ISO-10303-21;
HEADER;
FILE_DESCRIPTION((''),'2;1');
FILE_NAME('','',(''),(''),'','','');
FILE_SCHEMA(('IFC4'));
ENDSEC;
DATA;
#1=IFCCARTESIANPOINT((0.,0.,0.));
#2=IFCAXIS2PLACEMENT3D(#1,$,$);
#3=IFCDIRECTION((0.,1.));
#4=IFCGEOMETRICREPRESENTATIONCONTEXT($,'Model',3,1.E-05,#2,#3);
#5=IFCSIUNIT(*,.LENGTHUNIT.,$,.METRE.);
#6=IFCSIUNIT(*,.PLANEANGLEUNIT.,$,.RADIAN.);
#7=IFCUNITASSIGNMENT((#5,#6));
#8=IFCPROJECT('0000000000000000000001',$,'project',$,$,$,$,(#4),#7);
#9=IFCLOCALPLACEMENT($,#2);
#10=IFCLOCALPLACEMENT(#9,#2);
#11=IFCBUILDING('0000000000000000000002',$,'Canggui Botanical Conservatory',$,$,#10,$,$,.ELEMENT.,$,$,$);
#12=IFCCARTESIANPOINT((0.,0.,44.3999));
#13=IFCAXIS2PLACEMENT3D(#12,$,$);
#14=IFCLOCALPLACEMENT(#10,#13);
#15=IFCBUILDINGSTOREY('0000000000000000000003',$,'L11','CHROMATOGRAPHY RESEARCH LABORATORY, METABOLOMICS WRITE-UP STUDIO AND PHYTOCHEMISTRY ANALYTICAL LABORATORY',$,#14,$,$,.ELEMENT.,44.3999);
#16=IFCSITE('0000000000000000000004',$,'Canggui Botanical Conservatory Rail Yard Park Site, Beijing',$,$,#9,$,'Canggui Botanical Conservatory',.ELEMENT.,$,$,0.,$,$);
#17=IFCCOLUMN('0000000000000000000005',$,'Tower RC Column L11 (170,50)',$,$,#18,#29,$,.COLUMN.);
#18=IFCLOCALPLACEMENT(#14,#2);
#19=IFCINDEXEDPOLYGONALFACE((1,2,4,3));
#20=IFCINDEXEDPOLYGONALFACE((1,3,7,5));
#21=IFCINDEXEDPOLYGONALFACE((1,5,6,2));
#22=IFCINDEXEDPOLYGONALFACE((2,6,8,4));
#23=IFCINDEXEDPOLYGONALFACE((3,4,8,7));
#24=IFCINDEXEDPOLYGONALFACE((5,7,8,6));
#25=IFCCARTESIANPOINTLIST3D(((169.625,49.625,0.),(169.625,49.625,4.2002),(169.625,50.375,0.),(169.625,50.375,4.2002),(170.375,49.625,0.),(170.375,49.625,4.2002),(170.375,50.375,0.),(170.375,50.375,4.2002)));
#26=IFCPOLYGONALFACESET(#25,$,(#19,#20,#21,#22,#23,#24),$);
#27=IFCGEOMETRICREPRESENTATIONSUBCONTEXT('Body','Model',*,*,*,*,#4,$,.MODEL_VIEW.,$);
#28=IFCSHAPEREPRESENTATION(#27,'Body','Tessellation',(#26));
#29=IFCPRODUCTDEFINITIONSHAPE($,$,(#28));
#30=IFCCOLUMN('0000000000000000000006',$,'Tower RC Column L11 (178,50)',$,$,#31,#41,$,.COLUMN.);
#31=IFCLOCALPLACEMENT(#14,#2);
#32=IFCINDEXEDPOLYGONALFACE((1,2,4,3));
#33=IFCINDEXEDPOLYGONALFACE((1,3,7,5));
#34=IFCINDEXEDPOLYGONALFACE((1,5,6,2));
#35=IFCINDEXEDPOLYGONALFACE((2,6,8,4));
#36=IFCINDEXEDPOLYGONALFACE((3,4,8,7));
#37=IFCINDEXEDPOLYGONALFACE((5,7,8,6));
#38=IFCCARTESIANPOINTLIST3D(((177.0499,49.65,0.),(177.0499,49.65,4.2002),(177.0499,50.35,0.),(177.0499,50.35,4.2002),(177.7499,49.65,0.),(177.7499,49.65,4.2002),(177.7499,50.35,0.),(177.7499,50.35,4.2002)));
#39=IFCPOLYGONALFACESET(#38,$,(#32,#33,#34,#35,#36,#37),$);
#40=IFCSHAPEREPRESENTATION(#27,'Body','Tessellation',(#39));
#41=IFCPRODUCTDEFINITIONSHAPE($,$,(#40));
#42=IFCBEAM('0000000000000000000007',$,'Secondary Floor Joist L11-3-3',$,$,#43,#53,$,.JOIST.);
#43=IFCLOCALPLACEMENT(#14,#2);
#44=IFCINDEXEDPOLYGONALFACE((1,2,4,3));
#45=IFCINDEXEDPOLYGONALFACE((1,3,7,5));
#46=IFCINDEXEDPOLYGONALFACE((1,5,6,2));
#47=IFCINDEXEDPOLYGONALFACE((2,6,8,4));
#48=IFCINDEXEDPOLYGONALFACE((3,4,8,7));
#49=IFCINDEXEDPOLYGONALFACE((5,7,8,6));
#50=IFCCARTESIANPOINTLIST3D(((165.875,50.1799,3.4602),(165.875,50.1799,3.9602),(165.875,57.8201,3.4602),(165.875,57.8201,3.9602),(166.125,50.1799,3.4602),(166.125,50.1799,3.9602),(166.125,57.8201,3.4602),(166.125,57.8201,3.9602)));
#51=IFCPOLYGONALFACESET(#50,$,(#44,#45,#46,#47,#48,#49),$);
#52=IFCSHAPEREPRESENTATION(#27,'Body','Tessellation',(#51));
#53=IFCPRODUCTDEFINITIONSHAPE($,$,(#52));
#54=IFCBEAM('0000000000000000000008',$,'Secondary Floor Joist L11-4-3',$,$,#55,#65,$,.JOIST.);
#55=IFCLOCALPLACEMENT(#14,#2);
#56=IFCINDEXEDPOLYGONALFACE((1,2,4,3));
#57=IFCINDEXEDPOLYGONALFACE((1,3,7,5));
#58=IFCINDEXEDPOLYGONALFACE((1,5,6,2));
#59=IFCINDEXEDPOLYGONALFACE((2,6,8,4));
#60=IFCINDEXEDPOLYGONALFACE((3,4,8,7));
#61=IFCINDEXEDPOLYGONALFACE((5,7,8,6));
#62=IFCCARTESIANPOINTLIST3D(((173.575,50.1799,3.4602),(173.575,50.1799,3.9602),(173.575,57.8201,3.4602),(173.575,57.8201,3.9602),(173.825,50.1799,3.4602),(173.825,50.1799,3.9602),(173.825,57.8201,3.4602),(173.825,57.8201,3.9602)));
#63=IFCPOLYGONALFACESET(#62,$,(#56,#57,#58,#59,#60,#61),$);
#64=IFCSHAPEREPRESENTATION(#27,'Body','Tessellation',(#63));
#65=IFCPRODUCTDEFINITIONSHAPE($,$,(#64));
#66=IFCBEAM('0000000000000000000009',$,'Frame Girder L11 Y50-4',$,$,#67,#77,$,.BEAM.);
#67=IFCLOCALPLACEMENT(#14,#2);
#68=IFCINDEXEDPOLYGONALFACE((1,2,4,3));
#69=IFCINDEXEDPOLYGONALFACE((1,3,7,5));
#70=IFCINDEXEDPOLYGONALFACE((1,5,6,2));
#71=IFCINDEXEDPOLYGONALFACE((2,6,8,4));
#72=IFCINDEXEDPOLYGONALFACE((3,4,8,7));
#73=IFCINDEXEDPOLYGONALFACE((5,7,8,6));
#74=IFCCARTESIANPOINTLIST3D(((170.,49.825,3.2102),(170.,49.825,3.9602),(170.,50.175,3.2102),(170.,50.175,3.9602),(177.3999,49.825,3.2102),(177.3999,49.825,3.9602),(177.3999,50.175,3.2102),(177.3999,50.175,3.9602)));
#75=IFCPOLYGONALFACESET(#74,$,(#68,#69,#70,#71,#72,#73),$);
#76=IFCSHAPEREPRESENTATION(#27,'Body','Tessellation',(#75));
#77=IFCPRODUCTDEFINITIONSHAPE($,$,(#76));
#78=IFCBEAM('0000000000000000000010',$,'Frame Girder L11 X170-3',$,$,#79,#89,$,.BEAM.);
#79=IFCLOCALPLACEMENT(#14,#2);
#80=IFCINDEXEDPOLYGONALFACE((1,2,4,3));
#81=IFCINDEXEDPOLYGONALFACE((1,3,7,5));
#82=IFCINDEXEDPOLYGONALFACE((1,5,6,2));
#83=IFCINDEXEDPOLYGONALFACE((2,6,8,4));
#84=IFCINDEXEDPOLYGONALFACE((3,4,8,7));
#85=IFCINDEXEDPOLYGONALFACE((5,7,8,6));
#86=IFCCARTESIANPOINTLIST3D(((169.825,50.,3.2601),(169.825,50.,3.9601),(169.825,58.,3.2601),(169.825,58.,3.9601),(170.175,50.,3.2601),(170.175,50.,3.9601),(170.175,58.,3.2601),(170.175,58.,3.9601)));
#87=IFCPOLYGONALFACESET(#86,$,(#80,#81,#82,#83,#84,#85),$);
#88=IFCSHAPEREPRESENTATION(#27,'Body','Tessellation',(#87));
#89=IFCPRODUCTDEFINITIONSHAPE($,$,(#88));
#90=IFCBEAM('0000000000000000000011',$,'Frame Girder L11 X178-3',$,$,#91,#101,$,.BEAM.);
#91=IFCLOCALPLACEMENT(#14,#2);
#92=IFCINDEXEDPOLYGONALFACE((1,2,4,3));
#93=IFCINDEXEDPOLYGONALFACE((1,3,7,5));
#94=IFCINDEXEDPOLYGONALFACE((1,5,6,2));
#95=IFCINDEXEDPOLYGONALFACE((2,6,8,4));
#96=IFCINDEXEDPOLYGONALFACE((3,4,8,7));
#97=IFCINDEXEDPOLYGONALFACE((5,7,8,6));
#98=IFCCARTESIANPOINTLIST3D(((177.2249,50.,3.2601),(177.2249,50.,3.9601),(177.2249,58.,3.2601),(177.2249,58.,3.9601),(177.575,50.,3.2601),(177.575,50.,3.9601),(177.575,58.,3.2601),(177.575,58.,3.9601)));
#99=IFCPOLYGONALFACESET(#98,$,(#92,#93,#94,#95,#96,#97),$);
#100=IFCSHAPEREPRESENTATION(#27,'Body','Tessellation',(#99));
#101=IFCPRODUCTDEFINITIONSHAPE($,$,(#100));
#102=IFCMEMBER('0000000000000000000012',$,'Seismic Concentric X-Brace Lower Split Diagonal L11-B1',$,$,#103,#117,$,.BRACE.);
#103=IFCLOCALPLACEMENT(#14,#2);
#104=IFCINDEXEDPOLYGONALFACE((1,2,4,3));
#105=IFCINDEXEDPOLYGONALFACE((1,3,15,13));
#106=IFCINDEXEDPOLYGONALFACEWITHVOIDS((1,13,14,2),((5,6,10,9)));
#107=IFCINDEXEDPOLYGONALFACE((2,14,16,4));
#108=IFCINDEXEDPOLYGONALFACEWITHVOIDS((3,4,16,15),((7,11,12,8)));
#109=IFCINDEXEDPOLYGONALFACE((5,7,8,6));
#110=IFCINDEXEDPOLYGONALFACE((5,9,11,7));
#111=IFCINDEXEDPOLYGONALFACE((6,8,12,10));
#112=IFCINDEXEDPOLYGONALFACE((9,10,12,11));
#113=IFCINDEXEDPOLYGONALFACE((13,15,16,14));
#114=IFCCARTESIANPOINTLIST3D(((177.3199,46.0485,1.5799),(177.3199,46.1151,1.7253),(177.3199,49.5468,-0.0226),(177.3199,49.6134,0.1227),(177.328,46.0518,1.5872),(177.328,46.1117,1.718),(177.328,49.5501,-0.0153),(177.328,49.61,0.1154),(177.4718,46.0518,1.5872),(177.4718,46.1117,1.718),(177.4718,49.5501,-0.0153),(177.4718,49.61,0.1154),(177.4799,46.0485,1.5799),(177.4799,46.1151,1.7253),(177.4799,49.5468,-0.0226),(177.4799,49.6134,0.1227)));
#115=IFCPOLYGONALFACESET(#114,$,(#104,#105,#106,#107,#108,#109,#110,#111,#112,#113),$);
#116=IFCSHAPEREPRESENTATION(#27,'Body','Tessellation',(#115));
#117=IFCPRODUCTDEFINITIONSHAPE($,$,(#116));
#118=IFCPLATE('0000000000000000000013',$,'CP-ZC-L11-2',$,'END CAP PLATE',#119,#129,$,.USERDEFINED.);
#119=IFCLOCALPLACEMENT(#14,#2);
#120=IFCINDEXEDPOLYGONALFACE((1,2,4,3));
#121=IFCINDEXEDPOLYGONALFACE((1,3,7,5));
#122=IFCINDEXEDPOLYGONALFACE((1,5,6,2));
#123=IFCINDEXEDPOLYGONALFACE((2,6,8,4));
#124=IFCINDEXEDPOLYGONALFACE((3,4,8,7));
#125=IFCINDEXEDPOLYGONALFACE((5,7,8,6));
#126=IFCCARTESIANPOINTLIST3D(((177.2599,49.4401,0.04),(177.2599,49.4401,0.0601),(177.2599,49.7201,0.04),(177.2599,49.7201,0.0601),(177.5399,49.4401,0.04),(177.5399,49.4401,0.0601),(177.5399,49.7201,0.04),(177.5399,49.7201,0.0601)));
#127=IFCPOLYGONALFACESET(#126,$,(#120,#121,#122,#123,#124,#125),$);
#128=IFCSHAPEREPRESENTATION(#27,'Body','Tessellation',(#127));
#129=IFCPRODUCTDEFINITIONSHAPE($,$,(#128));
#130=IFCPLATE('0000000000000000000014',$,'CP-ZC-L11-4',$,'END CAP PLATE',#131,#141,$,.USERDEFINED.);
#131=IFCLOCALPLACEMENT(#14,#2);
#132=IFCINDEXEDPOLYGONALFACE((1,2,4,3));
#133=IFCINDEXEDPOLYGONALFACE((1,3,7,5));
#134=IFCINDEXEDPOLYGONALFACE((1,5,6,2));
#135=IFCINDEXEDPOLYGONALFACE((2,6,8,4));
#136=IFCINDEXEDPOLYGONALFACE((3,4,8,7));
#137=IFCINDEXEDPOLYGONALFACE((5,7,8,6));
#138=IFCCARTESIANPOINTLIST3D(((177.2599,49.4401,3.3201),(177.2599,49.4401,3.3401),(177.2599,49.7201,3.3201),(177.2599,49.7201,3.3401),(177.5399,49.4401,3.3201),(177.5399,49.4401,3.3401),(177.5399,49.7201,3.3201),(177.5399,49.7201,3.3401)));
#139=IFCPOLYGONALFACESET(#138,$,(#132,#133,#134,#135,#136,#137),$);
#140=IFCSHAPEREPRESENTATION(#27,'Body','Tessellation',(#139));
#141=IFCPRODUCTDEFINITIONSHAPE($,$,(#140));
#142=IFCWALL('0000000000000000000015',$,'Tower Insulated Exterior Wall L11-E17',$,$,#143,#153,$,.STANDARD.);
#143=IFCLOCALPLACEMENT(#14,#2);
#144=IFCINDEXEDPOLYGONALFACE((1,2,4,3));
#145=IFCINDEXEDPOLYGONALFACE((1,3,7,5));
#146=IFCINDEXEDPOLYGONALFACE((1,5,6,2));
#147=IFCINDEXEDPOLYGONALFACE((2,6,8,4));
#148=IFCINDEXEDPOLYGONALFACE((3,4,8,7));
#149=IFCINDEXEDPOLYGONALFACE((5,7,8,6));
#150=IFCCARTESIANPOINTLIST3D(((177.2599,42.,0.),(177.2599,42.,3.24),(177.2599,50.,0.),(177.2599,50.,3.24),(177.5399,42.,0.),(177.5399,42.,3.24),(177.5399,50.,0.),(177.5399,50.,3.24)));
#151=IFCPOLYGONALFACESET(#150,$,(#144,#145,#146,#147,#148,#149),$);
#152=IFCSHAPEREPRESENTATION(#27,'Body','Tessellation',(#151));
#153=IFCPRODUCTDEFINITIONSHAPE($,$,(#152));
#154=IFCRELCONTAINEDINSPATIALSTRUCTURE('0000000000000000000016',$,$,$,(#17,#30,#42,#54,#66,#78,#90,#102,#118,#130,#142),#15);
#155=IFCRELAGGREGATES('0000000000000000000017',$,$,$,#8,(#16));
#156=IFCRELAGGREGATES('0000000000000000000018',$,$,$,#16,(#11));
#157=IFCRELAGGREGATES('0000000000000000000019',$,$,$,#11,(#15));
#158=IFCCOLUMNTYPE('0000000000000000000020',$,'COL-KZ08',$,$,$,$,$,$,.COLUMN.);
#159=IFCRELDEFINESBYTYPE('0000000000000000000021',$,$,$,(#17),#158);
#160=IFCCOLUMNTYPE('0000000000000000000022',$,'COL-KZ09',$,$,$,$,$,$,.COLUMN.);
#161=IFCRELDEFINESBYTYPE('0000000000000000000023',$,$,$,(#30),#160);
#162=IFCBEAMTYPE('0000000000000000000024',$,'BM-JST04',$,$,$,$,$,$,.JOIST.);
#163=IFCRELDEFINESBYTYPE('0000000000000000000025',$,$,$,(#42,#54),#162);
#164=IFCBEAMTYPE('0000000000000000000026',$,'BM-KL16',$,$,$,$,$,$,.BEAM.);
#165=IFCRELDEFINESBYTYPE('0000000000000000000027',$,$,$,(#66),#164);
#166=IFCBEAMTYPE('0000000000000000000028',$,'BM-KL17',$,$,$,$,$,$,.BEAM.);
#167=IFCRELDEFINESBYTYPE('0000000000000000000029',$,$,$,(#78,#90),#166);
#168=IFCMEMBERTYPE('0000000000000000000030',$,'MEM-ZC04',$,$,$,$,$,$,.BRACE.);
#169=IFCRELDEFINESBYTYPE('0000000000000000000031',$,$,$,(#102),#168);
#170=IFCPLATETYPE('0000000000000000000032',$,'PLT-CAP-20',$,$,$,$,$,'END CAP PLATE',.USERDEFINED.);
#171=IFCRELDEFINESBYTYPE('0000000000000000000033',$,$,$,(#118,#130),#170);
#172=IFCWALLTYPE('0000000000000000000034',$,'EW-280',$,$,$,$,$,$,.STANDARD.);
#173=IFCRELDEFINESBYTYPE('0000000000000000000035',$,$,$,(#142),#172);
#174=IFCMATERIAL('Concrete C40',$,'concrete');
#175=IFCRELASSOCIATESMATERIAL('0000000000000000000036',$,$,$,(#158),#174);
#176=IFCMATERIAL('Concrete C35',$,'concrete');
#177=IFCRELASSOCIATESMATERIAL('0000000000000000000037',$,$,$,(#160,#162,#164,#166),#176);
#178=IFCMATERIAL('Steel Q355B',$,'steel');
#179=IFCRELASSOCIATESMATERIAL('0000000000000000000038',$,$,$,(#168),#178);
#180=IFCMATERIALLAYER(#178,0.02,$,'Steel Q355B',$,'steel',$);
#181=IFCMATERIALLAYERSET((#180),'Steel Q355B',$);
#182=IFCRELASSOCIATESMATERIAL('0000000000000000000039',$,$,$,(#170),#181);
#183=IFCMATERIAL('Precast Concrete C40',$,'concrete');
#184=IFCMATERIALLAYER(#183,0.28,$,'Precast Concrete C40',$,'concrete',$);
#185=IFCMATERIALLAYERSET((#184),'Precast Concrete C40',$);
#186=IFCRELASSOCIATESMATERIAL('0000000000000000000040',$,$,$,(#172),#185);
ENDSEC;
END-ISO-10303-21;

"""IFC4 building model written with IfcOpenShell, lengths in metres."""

from ifc_helpers import new_model, si_unit, direction, frame, frame_2d, origin, origin_2d, place, context, subcontext, project, spatial, rectangle, hollow_rectangle, extrude, material, layer, layer_set, material_profile, profile_set, type_object, element, save


model = new_model("IFC4")

# Units and contexts
model_context = context("Model", 3, precision=1e-05, world=origin(), true_north=direction((0.0, 1.0)))
body_context = subcontext(model_context, "Body", "Model", "MODEL_VIEW")
ifc_project = project(units=[si_unit("LENGTHUNIT", "METRE"), si_unit("PLANEANGLEUNIT", "RADIAN")], contexts=[model_context])

# Site, building, storey
site_placement = place(None, origin())
site = spatial("IfcSite", under=ifc_project, at=site_placement, Name="Canggui Botanical Conservatory Rail Yard Park Site, Beijing", LongName="Canggui Botanical Conservatory", CompositionType="ELEMENT", RefElevation=0.0)
building_placement = place(site_placement, origin())
building = spatial("IfcBuilding", under=site, at=building_placement, Name="Canggui Botanical Conservatory", CompositionType="ELEMENT")
storey_placement = place(building_placement, frame((0.0, 0.0, 44.3999)))
storey = spatial("IfcBuildingStorey", under=building, at=storey_placement, Name="L11", Description="CHROMATOGRAPHY RESEARCH LABORATORY, METABOLOMICS WRITE-UP STUDIO AND PHYTOCHEMISTRY ANALYTICAL LABORATORY", CompositionType="ELEMENT", Elevation=44.3999)

# Columns
ifc_material_1 = material(Name="Concrete C40", Category="concrete")
ifc_material_profile_1 = material_profile(ifc_material_1, rectangle(XDim=0.75, YDim=0.75, at=origin_2d()), Name="RC 750x750")
ifc_profile_set_1 = profile_set([ifc_material_profile_1], Name="Concrete C40")
column_type_1 = type_object("IfcColumnType", Name="COL-KZ08", PredefinedType="COLUMN", material=ifc_profile_set_1)
column_1_placement = place(storey_placement, frame((170.0, 50.0, 0.0), z_axis=(0.0, 0.0, 1.0), x_axis=(1.0, 0.0, 0.0)))
element("IfcColumn", 1, at=column_1_placement, inside=storey, type_object=column_type_1, Name="Tower RC Column L11 (170,50)", PredefinedType="COLUMN", context=body_context, shape_type="SweptSolid", body=[
    extrude(rectangle(XDim=0.75, YDim=0.75, at=origin_2d()), origin(), (0.0, 0.0, 1.0), 4.2002),
])
ifc_material_2 = material(Name="Concrete C35", Category="concrete")
ifc_material_profile_2 = material_profile(ifc_material_2, rectangle(XDim=0.7, YDim=0.7, at=origin_2d()), Name="RC 700x700")
ifc_profile_set_2 = profile_set([ifc_material_profile_2], Name="Concrete C35")
column_type_2 = type_object("IfcColumnType", Name="COL-KZ09", PredefinedType="COLUMN", material=ifc_profile_set_2)
column_2_placement = place(storey_placement, frame((177.3999, 50.0, 0.0), z_axis=(0.0, 0.0, 1.0), x_axis=(1.0, 0.0, 0.0)))
element("IfcColumn", 2, at=column_2_placement, inside=storey, type_object=column_type_2, Name="Tower RC Column L11 (178,50)", PredefinedType="COLUMN", context=body_context, shape_type="SweptSolid", body=[
    extrude(rectangle(XDim=0.7, YDim=0.7, at=origin_2d()), origin(), (0.0, 0.0, 1.0), 4.2002),
])

# Beams
ifc_material_profile_3 = material_profile(ifc_material_2, rectangle(XDim=0.25, YDim=0.5, at=origin_2d()), Name="RB 250x500")
ifc_profile_set_3 = profile_set([ifc_material_profile_3], Name="Concrete C35")
beam_type_1 = type_object("IfcBeamType", Name="BM-JST04", PredefinedType="JOIST", material=ifc_profile_set_3)
for number, where, z_axis, x_axis, name in (
    (3, (166.0, 50.1799, 3.7102), (0.0, 1.0, 0.0), (-1.0, 0.0, 0.0), "Secondary Floor Joist L11-3-3"),
    (4, (173.7, 50.1799, 3.7102), (0.0, 1.0, 0.0), (-1.0, 0.0, 0.0), "Secondary Floor Joist L11-4-3"),
):
    element("IfcBeam", number, at=place(storey_placement, frame(where, z_axis=z_axis, x_axis=x_axis)), inside=storey, type_object=beam_type_1, Name=name, PredefinedType="JOIST", context=body_context, shape_type="SweptSolid", body=[
        extrude(rectangle(XDim=0.25, YDim=0.5, at=origin_2d()), origin(), (0.0, 0.0, 1.0), 7.6401),
    ])
ifc_material_profile_4 = material_profile(ifc_material_2, rectangle(XDim=0.3501, YDim=0.75, at=origin_2d()), Name="RB 350x750")
ifc_profile_set_4 = profile_set([ifc_material_profile_4], Name="Concrete C35")
beam_type_2 = type_object("IfcBeamType", Name="BM-KL16", PredefinedType="BEAM", material=ifc_profile_set_4)
beam_placement = place(storey_placement, frame((170.0, 50.0, 3.5852), z_axis=(1.0, 0.0, 0.0), x_axis=(0.0, 1.0, 0.0)))
element("IfcBeam", 5, at=beam_placement, inside=storey, type_object=beam_type_2, Name="Frame Girder L11 Y50-4", PredefinedType="BEAM", context=body_context, shape_type="SweptSolid", body=[
    extrude(rectangle(XDim=0.3501, YDim=0.75, at=origin_2d()), origin(), (0.0, 0.0, 1.0), 7.3999),
])
ifc_material_profile_5 = material_profile(ifc_material_2, rectangle(XDim=0.3501, YDim=0.7, at=origin_2d()), Name="RB 350x700")
ifc_profile_set_5 = profile_set([ifc_material_profile_5], Name="Concrete C35")
beam_type_3 = type_object("IfcBeamType", Name="BM-KL17", PredefinedType="BEAM", material=ifc_profile_set_5)
for number, where, z_axis, x_axis, name in (
    (6, (170.0, 50.0, 3.6101), (0.0, 1.0, 0.0), (-1.0, 0.0, 0.0), "Frame Girder L11 X170-3"),
    (7, (177.3999, 50.0, 3.6101), (0.0, 1.0, 0.0), (-1.0, 0.0, 0.0), "Frame Girder L11 X178-3"),
):
    element("IfcBeam", number, at=place(storey_placement, frame(where, z_axis=z_axis, x_axis=x_axis)), inside=storey, type_object=beam_type_3, Name=name, PredefinedType="BEAM", context=body_context, shape_type="SweptSolid", body=[
        extrude(rectangle(XDim=0.3501, YDim=0.7, at=origin_2d()), origin(), (0.0, 0.0, 1.0), 8.0),
    ])

# Member
ifc_material_3 = material(Name="Steel Q355B", Category="steel")
ifc_material_profile_6 = material_profile(ifc_material_3, hollow_rectangle(XDim=0.1599, YDim=0.1599, WallThickness=0.0081, at=origin_2d()), Name="SHS 160x160x8")
ifc_profile_set_6 = profile_set([ifc_material_profile_6], Name="Steel Q355B")
member_type = type_object("IfcMemberType", Name="MEM-ZC04", PredefinedType="BRACE", material=ifc_profile_set_6)
member_placement = place(storey_placement, frame((177.3999, 49.5801, 0.05), z_axis=(0.0, -0.909148, 0.416473), x_axis=(1.0, 0.0, 0.0)))
element("IfcMember", 8, at=member_placement, inside=storey, type_object=member_type, Name="Seismic Concentric X-Brace Lower Split Diagonal L11-B1", PredefinedType="BRACE", context=body_context, shape_type="SweptSolid", body=[
    extrude(hollow_rectangle(XDim=0.1599, YDim=0.1599, WallThickness=0.0081, at=origin_2d()), origin(), (0.0, 0.0, 1.0), 3.8479),
])

# Plates
ifc_layer_1 = layer(ifc_material_3, 0.02, Name="Steel Q355B", Category="steel")
ifc_layer_set_1 = layer_set([ifc_layer_1], Name="Steel Q355B")
plate_type = type_object("IfcPlateType", Name="PLT-CAP-20", ElementType="END CAP PLATE", PredefinedType="USERDEFINED", material=ifc_layer_set_1)
for number, where, z_axis, x_axis, name in (
    (9, (177.3999, 49.5801, 0.04), (0.0, 0.0, 1.0), (1.0, 0.0, 0.0), "CP-ZC-L11-2"),
    (10, (177.3999, 49.5801, 3.3201), (0.0, 0.0, 1.0), (1.0, 0.0, 0.0), "CP-ZC-L11-4"),
):
    element("IfcPlate", number, at=place(storey_placement, frame(where, z_axis=z_axis, x_axis=x_axis)), inside=storey, type_object=plate_type, Name=name, ObjectType="END CAP PLATE", PredefinedType="USERDEFINED", context=body_context, shape_type="SweptSolid", body=[
        extrude(rectangle(XDim=0.28, YDim=0.28, at=origin_2d()), origin(), (0.0, 0.0, 1.0), 0.02),
    ])

# Wall
ifc_material_4 = material(Name="Precast Concrete C40", Category="concrete")
ifc_layer_2 = layer(ifc_material_4, 0.28, Name="Precast Concrete C40", Category="concrete")
ifc_layer_set_2 = layer_set([ifc_layer_2], Name="Precast Concrete C40")
wall_type_1 = type_object("IfcWallType", Name="EW-280", PredefinedType="STANDARD", material=ifc_layer_set_2)
wall_1_placement = place(storey_placement, frame((177.3999, 50.0, 0.0), z_axis=(0.0, 0.0, 1.0), x_axis=(0.0, -1.0, 0.0)))
element("IfcWall", 11, at=wall_1_placement, inside=storey, type_object=wall_type_1, Name="Tower Insulated Exterior Wall L11-E17", PredefinedType="STANDARD", context=body_context, shape_type="SweptSolid", body=[
    extrude(rectangle(XDim=8.0, YDim=0.28, at=frame_2d((4.0, 0.0))), origin(), (0.0, 0.0, 1.0), 3.24),
])

save(model, "model.ifc")
